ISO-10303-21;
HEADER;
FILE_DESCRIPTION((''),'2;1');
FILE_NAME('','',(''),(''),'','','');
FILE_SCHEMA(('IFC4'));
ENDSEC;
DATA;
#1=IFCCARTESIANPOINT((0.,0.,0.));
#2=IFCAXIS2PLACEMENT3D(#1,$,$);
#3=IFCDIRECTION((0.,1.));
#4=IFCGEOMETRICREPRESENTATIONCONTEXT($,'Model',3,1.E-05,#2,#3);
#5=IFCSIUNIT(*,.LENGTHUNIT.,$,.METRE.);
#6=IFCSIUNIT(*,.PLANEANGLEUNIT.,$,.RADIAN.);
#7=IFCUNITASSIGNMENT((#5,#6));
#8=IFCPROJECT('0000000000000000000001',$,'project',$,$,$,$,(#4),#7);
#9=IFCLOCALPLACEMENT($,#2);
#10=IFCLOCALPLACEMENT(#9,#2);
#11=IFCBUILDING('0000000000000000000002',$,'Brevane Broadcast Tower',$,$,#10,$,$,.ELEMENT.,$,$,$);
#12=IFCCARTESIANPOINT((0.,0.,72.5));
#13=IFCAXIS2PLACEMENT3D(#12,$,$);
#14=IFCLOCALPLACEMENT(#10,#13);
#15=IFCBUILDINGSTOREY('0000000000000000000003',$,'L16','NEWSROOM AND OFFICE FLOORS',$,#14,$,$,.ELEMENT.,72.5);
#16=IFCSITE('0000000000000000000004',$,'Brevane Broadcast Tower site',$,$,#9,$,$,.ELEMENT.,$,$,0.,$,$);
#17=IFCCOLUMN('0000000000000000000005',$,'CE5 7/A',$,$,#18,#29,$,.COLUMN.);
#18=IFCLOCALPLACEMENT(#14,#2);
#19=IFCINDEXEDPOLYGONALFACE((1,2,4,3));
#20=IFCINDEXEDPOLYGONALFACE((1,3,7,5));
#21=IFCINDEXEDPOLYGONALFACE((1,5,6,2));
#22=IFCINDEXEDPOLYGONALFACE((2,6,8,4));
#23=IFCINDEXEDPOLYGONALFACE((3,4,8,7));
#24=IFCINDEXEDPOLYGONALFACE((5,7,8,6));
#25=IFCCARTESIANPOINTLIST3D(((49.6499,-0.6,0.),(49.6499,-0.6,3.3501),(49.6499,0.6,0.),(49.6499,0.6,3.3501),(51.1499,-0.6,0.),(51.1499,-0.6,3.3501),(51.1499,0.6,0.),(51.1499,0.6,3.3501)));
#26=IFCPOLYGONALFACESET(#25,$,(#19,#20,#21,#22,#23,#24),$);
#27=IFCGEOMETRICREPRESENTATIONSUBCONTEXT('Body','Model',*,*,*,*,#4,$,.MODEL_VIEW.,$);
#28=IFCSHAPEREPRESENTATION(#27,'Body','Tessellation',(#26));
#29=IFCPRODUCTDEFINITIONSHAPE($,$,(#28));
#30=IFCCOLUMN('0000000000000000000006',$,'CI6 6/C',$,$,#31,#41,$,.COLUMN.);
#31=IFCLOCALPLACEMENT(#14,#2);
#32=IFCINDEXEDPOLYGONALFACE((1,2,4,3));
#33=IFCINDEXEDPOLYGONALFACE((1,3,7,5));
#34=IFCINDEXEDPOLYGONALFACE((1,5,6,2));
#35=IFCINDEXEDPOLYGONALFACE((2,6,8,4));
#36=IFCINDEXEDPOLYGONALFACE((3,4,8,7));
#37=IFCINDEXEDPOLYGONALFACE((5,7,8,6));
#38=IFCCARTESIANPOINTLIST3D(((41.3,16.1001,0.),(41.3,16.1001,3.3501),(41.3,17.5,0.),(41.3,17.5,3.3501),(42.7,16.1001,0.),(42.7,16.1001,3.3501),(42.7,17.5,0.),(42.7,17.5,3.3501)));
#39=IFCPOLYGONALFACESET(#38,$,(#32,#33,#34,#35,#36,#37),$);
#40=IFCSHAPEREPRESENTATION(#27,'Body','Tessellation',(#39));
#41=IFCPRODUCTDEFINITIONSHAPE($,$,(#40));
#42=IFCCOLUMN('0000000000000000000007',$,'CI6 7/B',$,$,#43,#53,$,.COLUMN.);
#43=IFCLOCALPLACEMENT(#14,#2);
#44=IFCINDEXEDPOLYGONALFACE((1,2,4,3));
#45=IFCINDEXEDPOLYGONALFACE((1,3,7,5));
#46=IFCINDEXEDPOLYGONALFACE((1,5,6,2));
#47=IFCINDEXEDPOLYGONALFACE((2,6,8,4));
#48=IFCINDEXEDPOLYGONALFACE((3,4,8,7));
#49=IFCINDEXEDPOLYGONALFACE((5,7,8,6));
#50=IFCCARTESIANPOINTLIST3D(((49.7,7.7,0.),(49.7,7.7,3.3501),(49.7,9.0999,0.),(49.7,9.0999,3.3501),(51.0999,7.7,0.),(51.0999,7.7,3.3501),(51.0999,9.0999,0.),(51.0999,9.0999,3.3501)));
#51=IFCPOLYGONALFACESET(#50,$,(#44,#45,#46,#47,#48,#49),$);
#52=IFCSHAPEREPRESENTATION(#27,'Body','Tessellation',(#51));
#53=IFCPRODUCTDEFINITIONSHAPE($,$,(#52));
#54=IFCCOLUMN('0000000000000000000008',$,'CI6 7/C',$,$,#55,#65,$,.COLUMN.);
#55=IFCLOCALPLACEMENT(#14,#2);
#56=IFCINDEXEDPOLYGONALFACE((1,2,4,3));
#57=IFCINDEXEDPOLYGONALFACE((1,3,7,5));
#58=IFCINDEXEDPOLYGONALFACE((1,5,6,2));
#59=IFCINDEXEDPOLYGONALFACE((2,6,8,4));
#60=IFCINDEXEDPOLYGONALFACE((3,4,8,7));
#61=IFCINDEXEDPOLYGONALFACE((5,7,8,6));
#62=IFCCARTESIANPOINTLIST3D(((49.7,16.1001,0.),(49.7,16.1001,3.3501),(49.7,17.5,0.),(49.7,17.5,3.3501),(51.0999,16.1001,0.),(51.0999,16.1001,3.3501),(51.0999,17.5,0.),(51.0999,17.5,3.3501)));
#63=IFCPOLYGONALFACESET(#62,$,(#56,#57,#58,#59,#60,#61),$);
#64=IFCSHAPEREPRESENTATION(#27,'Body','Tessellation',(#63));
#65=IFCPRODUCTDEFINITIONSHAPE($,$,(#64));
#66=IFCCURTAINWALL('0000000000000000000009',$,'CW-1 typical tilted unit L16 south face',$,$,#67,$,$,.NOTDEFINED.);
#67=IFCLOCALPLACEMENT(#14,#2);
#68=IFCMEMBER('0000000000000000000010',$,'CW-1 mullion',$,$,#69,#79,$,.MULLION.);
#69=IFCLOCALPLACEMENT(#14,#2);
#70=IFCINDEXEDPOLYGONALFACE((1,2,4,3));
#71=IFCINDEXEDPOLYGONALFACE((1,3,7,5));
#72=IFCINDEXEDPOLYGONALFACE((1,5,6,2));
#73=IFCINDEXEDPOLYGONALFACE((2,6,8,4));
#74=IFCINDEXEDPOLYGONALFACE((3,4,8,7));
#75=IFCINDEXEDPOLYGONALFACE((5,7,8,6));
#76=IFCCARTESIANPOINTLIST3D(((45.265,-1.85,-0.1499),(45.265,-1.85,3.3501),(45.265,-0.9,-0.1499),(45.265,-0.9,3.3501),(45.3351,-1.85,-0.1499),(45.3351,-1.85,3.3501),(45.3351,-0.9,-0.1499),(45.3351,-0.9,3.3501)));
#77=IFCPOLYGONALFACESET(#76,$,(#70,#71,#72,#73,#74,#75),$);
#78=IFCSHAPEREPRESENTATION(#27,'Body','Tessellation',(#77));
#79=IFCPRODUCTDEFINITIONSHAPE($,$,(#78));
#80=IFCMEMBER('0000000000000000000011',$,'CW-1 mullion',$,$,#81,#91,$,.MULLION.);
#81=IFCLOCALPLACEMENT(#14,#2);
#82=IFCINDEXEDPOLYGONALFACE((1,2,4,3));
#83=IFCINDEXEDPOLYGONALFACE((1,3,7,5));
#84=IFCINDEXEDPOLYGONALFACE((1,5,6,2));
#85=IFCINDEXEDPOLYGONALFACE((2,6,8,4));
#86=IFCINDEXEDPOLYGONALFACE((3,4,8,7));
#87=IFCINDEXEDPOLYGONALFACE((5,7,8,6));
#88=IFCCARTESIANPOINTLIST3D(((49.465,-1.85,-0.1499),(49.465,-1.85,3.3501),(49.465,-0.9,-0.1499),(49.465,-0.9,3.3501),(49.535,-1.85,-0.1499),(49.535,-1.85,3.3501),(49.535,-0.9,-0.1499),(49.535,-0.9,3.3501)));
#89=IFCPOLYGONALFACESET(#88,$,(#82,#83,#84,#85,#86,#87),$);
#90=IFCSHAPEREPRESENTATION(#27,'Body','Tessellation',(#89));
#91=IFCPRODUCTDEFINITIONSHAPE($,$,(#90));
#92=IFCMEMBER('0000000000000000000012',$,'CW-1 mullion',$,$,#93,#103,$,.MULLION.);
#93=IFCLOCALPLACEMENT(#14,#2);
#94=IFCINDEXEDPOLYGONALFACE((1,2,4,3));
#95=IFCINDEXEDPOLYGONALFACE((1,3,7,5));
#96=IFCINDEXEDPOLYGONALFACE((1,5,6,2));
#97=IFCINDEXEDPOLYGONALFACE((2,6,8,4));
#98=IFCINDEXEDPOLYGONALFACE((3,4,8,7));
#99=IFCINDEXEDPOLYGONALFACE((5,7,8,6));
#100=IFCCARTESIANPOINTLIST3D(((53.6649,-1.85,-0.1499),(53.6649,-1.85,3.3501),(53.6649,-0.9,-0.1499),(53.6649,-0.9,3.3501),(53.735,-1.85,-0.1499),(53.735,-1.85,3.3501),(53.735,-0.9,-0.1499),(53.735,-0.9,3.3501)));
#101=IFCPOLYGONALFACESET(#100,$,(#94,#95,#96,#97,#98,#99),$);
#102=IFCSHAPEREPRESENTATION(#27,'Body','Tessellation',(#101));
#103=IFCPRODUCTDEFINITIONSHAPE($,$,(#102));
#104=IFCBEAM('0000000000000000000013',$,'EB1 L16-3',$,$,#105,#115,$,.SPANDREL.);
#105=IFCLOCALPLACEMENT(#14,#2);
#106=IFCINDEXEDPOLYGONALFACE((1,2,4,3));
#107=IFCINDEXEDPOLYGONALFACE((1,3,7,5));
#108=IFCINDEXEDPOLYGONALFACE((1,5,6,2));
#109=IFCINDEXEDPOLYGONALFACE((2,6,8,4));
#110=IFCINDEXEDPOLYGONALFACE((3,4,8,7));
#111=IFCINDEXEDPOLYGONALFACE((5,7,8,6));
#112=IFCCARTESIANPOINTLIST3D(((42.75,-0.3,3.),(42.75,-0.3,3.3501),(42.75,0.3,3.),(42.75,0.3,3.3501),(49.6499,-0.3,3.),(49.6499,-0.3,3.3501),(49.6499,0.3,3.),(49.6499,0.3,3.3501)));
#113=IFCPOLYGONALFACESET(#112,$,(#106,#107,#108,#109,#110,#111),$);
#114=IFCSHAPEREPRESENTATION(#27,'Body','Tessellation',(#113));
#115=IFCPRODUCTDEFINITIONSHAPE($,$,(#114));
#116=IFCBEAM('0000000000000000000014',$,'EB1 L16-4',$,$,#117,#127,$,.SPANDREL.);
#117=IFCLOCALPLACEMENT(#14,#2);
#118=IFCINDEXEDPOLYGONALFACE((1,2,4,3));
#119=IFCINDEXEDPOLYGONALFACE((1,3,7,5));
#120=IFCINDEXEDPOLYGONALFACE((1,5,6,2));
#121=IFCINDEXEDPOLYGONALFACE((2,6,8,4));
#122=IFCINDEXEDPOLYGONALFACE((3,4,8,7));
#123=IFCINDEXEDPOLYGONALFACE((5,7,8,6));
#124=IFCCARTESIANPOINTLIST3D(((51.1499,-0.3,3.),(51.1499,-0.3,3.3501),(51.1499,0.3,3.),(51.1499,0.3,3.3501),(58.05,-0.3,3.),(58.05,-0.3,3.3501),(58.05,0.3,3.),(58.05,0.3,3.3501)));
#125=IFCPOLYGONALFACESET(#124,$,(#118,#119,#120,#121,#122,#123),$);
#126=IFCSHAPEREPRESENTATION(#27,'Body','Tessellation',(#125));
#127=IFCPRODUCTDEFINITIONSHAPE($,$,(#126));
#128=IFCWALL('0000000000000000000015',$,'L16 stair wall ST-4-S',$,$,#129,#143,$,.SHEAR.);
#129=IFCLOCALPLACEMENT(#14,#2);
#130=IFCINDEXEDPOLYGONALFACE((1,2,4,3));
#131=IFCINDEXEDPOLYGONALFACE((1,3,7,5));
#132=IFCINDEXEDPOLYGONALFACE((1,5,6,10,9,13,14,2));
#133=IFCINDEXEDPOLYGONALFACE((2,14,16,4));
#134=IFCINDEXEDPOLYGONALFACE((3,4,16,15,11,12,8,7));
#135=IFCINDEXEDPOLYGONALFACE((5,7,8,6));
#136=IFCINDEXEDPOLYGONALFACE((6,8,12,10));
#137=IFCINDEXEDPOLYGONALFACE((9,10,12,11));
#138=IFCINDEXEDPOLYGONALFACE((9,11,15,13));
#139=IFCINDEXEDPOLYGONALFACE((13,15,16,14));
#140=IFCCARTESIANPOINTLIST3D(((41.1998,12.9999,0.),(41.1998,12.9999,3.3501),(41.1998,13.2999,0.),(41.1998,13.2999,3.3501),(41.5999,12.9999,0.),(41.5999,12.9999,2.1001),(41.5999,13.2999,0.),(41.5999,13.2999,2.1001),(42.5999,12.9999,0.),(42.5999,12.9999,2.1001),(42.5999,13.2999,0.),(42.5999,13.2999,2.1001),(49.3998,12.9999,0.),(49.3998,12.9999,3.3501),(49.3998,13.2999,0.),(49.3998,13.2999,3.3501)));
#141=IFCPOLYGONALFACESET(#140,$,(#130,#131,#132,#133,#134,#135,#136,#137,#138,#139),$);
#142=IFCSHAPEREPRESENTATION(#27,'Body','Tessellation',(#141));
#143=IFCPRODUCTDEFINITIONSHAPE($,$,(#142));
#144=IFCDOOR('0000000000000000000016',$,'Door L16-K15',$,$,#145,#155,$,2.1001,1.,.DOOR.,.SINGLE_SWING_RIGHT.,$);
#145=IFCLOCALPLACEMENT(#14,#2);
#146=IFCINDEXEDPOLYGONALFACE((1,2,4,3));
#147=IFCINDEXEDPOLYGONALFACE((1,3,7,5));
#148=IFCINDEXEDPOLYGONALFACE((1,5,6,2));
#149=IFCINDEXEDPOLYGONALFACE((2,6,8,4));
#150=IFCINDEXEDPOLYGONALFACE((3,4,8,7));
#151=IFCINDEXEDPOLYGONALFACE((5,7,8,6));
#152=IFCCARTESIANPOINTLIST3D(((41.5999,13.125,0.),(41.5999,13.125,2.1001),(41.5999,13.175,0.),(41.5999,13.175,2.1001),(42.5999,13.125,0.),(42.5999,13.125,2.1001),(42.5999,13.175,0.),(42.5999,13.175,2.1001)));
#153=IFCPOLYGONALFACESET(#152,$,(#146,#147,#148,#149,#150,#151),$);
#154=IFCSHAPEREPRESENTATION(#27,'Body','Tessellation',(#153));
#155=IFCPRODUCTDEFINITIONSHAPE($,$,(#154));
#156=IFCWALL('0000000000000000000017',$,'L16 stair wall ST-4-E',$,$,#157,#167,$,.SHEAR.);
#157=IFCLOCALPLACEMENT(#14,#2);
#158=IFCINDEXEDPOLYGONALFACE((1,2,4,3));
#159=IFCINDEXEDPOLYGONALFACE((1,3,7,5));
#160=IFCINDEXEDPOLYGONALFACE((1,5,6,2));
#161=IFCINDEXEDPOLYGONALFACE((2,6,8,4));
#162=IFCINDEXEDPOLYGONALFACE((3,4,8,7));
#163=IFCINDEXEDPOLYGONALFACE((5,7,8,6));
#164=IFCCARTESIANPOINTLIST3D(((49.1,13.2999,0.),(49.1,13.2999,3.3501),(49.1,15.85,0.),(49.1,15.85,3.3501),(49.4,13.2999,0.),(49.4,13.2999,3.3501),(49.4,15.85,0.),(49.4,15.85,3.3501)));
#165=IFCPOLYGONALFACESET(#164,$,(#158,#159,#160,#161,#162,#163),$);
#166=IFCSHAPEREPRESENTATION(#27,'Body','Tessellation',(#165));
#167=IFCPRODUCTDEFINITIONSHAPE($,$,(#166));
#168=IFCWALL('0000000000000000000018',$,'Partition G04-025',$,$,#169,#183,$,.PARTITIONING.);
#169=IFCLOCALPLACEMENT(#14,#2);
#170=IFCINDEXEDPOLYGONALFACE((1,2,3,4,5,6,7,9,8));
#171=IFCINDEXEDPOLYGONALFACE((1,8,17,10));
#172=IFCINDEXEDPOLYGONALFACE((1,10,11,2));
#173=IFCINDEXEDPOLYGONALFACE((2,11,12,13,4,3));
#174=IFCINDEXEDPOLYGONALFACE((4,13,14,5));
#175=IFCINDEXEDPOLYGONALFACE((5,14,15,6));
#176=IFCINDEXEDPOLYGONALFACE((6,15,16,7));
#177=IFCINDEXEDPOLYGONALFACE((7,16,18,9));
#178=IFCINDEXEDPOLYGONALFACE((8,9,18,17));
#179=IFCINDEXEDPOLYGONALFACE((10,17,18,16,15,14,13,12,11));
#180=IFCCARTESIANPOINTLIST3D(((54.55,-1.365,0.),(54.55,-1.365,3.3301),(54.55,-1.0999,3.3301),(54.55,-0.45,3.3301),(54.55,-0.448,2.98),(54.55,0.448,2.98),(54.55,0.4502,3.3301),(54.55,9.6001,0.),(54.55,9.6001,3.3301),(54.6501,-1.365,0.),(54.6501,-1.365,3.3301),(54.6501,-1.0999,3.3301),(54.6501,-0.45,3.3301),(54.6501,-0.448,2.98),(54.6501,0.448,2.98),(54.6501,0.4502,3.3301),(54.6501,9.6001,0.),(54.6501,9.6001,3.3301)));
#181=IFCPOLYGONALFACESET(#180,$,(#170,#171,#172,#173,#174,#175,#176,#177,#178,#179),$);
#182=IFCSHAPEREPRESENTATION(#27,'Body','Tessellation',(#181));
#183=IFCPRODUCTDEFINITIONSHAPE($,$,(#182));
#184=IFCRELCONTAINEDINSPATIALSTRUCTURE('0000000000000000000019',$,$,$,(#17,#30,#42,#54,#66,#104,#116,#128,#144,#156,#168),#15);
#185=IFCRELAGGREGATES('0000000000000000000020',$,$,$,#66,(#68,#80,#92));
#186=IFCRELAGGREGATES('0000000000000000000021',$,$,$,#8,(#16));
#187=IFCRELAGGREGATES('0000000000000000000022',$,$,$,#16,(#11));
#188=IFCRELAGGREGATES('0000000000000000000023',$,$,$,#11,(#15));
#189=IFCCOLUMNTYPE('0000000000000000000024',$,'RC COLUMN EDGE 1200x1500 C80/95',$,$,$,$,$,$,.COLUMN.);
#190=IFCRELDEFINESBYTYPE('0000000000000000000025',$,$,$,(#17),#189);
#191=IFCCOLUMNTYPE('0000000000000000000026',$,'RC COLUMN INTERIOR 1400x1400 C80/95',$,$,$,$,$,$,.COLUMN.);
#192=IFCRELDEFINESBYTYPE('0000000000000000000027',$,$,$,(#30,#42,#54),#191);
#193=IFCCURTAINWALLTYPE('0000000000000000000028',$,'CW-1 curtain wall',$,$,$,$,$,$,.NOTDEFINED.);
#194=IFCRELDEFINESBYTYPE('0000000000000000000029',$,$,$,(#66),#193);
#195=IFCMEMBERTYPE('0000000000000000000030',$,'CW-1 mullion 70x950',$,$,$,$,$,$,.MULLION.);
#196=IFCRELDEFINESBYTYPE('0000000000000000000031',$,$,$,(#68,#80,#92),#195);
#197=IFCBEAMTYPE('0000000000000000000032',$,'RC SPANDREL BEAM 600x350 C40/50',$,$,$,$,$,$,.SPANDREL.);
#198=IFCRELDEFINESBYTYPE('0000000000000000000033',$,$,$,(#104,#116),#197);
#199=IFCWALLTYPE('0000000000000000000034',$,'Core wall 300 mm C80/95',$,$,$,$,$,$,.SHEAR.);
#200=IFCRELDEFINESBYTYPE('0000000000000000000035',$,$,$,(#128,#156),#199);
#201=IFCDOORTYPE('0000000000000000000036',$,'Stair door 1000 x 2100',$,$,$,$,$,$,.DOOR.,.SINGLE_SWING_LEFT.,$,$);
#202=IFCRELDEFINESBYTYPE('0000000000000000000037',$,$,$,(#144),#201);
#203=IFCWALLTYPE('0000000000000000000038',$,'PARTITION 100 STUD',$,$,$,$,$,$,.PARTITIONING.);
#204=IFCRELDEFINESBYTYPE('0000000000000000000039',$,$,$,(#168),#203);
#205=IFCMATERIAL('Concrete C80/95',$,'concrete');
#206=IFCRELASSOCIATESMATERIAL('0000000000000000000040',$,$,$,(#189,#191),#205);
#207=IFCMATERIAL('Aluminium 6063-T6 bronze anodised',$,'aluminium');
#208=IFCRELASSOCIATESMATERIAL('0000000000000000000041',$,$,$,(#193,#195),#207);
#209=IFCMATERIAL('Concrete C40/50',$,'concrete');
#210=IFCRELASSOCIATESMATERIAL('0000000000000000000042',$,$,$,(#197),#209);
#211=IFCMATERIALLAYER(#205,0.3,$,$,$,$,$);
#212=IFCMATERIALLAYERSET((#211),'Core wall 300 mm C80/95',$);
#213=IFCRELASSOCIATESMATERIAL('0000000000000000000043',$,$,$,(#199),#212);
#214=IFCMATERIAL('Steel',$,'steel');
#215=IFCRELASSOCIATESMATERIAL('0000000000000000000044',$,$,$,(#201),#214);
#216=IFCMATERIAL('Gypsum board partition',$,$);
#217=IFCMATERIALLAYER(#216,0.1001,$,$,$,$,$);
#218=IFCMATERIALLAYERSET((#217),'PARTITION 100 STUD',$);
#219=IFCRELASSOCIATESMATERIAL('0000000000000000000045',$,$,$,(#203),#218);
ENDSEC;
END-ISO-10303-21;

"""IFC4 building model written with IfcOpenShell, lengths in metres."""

from ifc_helpers import new_model, si_unit, direction, frame, frame_2d, origin, origin_2d, place, context, subcontext, project, spatial, polyline, rectangle, outline, extrude, material, layer, layer_set, material_profile, profile_set, type_object, element, fill, aggregate, save


model = new_model("IFC4")

# Units and contexts
model_context = context("Model", 3, precision=1e-05, world=origin(), true_north=direction((0.0, 1.0)))
body_context = subcontext(model_context, "Body", "Model", "MODEL_VIEW")
ifc_project = project(units=[si_unit("LENGTHUNIT", "METRE"), si_unit("PLANEANGLEUNIT", "RADIAN")], contexts=[model_context])

# Site, building, storey
site_placement = place(None, origin())
site = spatial("IfcSite", under=ifc_project, at=site_placement, Name="Brevane Broadcast Tower site", CompositionType="ELEMENT", RefElevation=0.0)
building_placement = place(site_placement, origin())
building = spatial("IfcBuilding", under=site, at=building_placement, Name="Brevane Broadcast Tower", CompositionType="ELEMENT")
storey_placement = place(building_placement, frame((0.0, 0.0, 72.5)))
storey = spatial("IfcBuildingStorey", under=building, at=storey_placement, Name="L16", Description="NEWSROOM AND OFFICE FLOORS", CompositionType="ELEMENT", Elevation=72.5)

# Columns
ifc_material_1 = material(Name="Concrete C80/95", Category="concrete")
ifc_material_profile_1 = material_profile(ifc_material_1, rectangle(XDim=1.2, YDim=1.5, at=origin_2d()), Name="RC 1200x1500")
ifc_profile_set_1 = profile_set([ifc_material_profile_1], Name="Concrete C80/95")
column_type_1 = type_object("IfcColumnType", Name="RC COLUMN EDGE 1200x1500 C80/95", PredefinedType="COLUMN", material=ifc_profile_set_1)
column_placement = place(storey_placement, frame((50.3999, 0.0, 0.0), z_axis=(0.0, 0.0, 1.0), x_axis=(0.0, 1.0, 0.0)))
element("IfcColumn", 1, at=column_placement, inside=storey, type_object=column_type_1, Name="CE5 7/A", PredefinedType="COLUMN", context=body_context, shape_type="SweptSolid", body=[
    extrude(rectangle(XDim=1.2, YDim=1.5, at=origin_2d()), origin(), (0.0, 0.0, 1.0), 3.3501),
])
ifc_material_profile_2 = material_profile(ifc_material_1, rectangle(XDim=1.3999, YDim=1.3999, at=origin_2d()), Name="RC 1400x1400")
ifc_profile_set_2 = profile_set([ifc_material_profile_2], Name="Concrete C80/95")
column_type_2 = type_object("IfcColumnType", Name="RC COLUMN INTERIOR 1400x1400 C80/95", PredefinedType="COLUMN", material=ifc_profile_set_2)
for number, where, z_axis, x_axis, name in (
    (2, (42.0, 16.8, 0.0), (0.0, 0.0, 1.0), (1.0, 0.0, 0.0), "CI6 6/C"),
    (3, (50.3999, 8.3999, 0.0), (0.0, 0.0, 1.0), (1.0, 0.0, 0.0), "CI6 7/B"),
    (4, (50.3999, 16.8, 0.0), (0.0, 0.0, 1.0), (1.0, 0.0, 0.0), "CI6 7/C"),
):
    element("IfcColumn", number, at=place(storey_placement, frame(where, z_axis=z_axis, x_axis=x_axis)), inside=storey, type_object=column_type_2, Name=name, PredefinedType="COLUMN", context=body_context, shape_type="SweptSolid", body=[
        extrude(rectangle(XDim=1.3999, YDim=1.3999, at=origin_2d()), origin(), (0.0, 0.0, 1.0), 3.3501),
    ])

# Curtain wall, members
ifc_material_2 = material(Name="Aluminium 6063-T6 bronze anodised", Category="aluminium")
curtain_wall_type = type_object("IfcCurtainWallType", Name="CW-1 curtain wall", PredefinedType="NOTDEFINED", material=ifc_material_2)
curtain_wall_placement = place(storey_placement, origin())
curtain_wall = element("IfcCurtainWall", 5, at=curtain_wall_placement, inside=storey, type_object=curtain_wall_type, Name="CW-1 typical tilted unit L16 south face", PredefinedType="NOTDEFINED")
ifc_material_profile_3 = material_profile(ifc_material_2, rectangle(XDim=0.95, YDim=0.0701, at=origin_2d()), Name="RECT 70x950")
ifc_profile_set_3 = profile_set([ifc_material_profile_3], Name="Aluminium 6063-T6 bronze anodised")
member_type = type_object("IfcMemberType", Name="CW-1 mullion 70x950", PredefinedType="MULLION", material=ifc_profile_set_3)
member_1_placement = place(storey_placement, frame((45.3, -1.375, -0.1499), z_axis=(0.0, 0.0, 1.0), x_axis=(0.0, 1.0, 0.0)))
member_1 = element("IfcMember", 6, at=member_1_placement, type_object=member_type, Name="CW-1 mullion", PredefinedType="MULLION", context=body_context, shape_type="SweptSolid", body=[
    extrude(rectangle(XDim=0.95, YDim=0.0701, at=origin_2d()), origin(), (0.0, 0.0, 1.0), 3.5),
])
member_2_placement = place(storey_placement, frame((49.5, -1.375, -0.1499), z_axis=(0.0, 0.0, 1.0), x_axis=(0.0, 1.0, 0.0)))
member_2 = element("IfcMember", 7, at=member_2_placement, type_object=member_type, Name="CW-1 mullion", PredefinedType="MULLION", context=body_context, shape_type="SweptSolid", body=[
    extrude(rectangle(XDim=0.95, YDim=0.0701, at=origin_2d()), origin(), (0.0, 0.0, 1.0), 3.5),
])
member_3_placement = place(storey_placement, frame((53.7, -1.375, -0.1499), z_axis=(0.0, 0.0, 1.0), x_axis=(0.0, 1.0, 0.0)))
member_3 = element("IfcMember", 8, at=member_3_placement, type_object=member_type, Name="CW-1 mullion", PredefinedType="MULLION", context=body_context, shape_type="SweptSolid", body=[
    extrude(rectangle(XDim=0.95, YDim=0.0701, at=origin_2d()), origin(), (0.0, 0.0, 1.0), 3.5),
])
aggregate(curtain_wall, [member_1, member_2, member_3])

# Beams
ifc_material_3 = material(Name="Concrete C40/50", Category="concrete")
ifc_material_profile_4 = material_profile(ifc_material_3, rectangle(XDim=0.6001, YDim=0.3501, at=origin_2d()), Name="RC 600x350")
ifc_profile_set_4 = profile_set([ifc_material_profile_4], Name="Concrete C40/50")
beam_type = type_object("IfcBeamType", Name="RC SPANDREL BEAM 600x350 C40/50", PredefinedType="SPANDREL", material=ifc_profile_set_4)
beam_1_placement = place(storey_placement, frame((42.75, 0.0, 3.175), z_axis=(1.0, 0.0, 0.0), x_axis=(0.0, 1.0, 0.0)))
element("IfcBeam", 9, at=beam_1_placement, inside=storey, type_object=beam_type, Name="EB1 L16-3", PredefinedType="SPANDREL", context=body_context, shape_type="SweptSolid", body=[
    extrude(rectangle(XDim=0.6001, YDim=0.3501, at=origin_2d()), origin(), (0.0, 0.0, 1.0), 6.8999),
])
beam_2_placement = place(storey_placement, frame((51.1499, 0.0, 3.175), z_axis=(1.0, 0.0, 0.0), x_axis=(0.0, 1.0, 0.0)))
element("IfcBeam", 10, at=beam_2_placement, inside=storey, type_object=beam_type, Name="EB1 L16-4", PredefinedType="SPANDREL", context=body_context, shape_type="SweptSolid", body=[
    extrude(rectangle(XDim=0.6001, YDim=0.3501, at=origin_2d()), origin(), (0.0, 0.0, 1.0), 6.9001),
])

# Wall, opening, door
ifc_layer_1 = layer(ifc_material_1, 0.3)
ifc_layer_set_1 = layer_set([ifc_layer_1], Name="Core wall 300 mm C80/95")
wall_type_1 = type_object("IfcWallType", Name="Core wall 300 mm C80/95", PredefinedType="SHEAR", material=ifc_layer_set_1)
wall_1_placement = place(storey_placement, frame((49.3999, 13.1499, 0.0), z_axis=(0.0, 0.0, 1.0), x_axis=(-1.0, 0.0, 0.0)))
wall_1 = element("IfcWall", 11, at=wall_1_placement, inside=storey, type_object=wall_type_1, Name="L16 stair wall ST-4-S", PredefinedType="SHEAR", context=body_context, shape_type="SweptSolid", body=[
    extrude(rectangle(XDim=8.2, YDim=0.3, at=frame_2d((4.1001, 0.0))), origin(), (0.0, 0.0, 1.0), 3.3501),
])
opening_1_placement = place(wall_1_placement, frame((6.8, 0.0, 0.0)))
opening_1 = element("IfcOpeningElement", 12, at=opening_1_placement, cuts=wall_1, PredefinedType="OPENING", context=body_context, shape_type="SweptSolid", body=[
    extrude(rectangle(XDim=1.0, YDim=2.1001, at=frame_2d((0.5, 1.05))), frame((0.0, 0.1599, 0.0), z_axis=(0.0, -1.0, 0.0), x_axis=(1.0, 0.0, 0.0)), (0.0, 0.0, 1.0), 0.3201),
])
ifc_material_4 = material(Name="Steel", Category="steel")
door_type_1 = type_object("IfcDoorType", Name="Stair door 1000 x 2100", OperationType="SINGLE_SWING_LEFT", PredefinedType="DOOR", material=ifc_material_4)
door_1_placement = place(opening_1_placement, origin())
door_1 = element("IfcDoor", 13, at=door_1_placement, inside=storey, type_object=door_type_1, Name="Door L16-K15", OperationType="SINGLE_SWING_RIGHT", OverallHeight=2.1001, OverallWidth=1.0, PredefinedType="DOOR", context=body_context, shape_type="SweptSolid", body=[
    extrude(rectangle(XDim=1.0, YDim=2.1001, at=frame_2d((0.5, 1.05))), frame((0.0, 0.0249, 0.0), z_axis=(0.0, -1.0, 0.0), x_axis=(1.0, 0.0, 0.0)), (0.0, 0.0, 1.0), 0.05),
])
fill(opening_1, door_1)

# Walls
wall_2_placement = place(storey_placement, frame((49.25, 13.3, 0.0), z_axis=(0.0, 0.0, 1.0), x_axis=(0.0, 1.0, 0.0)))
element("IfcWall", 14, at=wall_2_placement, inside=storey, type_object=wall_type_1, Name="L16 stair wall ST-4-E", PredefinedType="SHEAR", context=body_context, shape_type="SweptSolid", body=[
    extrude(rectangle(XDim=2.55, YDim=0.3, at=frame_2d((1.2749, 0.0))), origin(), (0.0, 0.0, 1.0), 3.3501),
])
ifc_material_5 = material(Name="Gypsum board partition")
ifc_layer_2 = layer(ifc_material_5, 0.1001)
ifc_layer_set_2 = layer_set([ifc_layer_2], Name="PARTITION 100 STUD")
wall_type_2 = type_object("IfcWallType", Name="PARTITION 100 STUD", PredefinedType="PARTITIONING", material=ifc_layer_set_2)
wall_3_placement = place(storey_placement, frame((54.6001, 9.6001, 0.0), z_axis=(0.0, 0.0, 1.0), x_axis=(0.0, -1.0, 0.0)))
element("IfcWall", 15, at=wall_3_placement, inside=storey, type_object=wall_type_2, Name="Partition G04-025", PredefinedType="PARTITIONING", context=body_context, shape_type="SweptSolid", body=[
    extrude(outline(polyline([(0.0, 0.0), (10.9651, 0.0), (10.9651, 3.3301), (10.7, 3.3301), (10.05, 3.3301), (10.0481, 2.98), (9.1521, 2.98), (9.1499, 3.3301), (0.0, 3.3301), (0.0, 0.0)])), frame((0.0, 0.05, 0.0), z_axis=(0.0, -1.0, 0.0), x_axis=(1.0, 0.0, 0.0)), (0.0, 0.0, 1.0), 0.1001),
])

save(model, "model.ifc")
